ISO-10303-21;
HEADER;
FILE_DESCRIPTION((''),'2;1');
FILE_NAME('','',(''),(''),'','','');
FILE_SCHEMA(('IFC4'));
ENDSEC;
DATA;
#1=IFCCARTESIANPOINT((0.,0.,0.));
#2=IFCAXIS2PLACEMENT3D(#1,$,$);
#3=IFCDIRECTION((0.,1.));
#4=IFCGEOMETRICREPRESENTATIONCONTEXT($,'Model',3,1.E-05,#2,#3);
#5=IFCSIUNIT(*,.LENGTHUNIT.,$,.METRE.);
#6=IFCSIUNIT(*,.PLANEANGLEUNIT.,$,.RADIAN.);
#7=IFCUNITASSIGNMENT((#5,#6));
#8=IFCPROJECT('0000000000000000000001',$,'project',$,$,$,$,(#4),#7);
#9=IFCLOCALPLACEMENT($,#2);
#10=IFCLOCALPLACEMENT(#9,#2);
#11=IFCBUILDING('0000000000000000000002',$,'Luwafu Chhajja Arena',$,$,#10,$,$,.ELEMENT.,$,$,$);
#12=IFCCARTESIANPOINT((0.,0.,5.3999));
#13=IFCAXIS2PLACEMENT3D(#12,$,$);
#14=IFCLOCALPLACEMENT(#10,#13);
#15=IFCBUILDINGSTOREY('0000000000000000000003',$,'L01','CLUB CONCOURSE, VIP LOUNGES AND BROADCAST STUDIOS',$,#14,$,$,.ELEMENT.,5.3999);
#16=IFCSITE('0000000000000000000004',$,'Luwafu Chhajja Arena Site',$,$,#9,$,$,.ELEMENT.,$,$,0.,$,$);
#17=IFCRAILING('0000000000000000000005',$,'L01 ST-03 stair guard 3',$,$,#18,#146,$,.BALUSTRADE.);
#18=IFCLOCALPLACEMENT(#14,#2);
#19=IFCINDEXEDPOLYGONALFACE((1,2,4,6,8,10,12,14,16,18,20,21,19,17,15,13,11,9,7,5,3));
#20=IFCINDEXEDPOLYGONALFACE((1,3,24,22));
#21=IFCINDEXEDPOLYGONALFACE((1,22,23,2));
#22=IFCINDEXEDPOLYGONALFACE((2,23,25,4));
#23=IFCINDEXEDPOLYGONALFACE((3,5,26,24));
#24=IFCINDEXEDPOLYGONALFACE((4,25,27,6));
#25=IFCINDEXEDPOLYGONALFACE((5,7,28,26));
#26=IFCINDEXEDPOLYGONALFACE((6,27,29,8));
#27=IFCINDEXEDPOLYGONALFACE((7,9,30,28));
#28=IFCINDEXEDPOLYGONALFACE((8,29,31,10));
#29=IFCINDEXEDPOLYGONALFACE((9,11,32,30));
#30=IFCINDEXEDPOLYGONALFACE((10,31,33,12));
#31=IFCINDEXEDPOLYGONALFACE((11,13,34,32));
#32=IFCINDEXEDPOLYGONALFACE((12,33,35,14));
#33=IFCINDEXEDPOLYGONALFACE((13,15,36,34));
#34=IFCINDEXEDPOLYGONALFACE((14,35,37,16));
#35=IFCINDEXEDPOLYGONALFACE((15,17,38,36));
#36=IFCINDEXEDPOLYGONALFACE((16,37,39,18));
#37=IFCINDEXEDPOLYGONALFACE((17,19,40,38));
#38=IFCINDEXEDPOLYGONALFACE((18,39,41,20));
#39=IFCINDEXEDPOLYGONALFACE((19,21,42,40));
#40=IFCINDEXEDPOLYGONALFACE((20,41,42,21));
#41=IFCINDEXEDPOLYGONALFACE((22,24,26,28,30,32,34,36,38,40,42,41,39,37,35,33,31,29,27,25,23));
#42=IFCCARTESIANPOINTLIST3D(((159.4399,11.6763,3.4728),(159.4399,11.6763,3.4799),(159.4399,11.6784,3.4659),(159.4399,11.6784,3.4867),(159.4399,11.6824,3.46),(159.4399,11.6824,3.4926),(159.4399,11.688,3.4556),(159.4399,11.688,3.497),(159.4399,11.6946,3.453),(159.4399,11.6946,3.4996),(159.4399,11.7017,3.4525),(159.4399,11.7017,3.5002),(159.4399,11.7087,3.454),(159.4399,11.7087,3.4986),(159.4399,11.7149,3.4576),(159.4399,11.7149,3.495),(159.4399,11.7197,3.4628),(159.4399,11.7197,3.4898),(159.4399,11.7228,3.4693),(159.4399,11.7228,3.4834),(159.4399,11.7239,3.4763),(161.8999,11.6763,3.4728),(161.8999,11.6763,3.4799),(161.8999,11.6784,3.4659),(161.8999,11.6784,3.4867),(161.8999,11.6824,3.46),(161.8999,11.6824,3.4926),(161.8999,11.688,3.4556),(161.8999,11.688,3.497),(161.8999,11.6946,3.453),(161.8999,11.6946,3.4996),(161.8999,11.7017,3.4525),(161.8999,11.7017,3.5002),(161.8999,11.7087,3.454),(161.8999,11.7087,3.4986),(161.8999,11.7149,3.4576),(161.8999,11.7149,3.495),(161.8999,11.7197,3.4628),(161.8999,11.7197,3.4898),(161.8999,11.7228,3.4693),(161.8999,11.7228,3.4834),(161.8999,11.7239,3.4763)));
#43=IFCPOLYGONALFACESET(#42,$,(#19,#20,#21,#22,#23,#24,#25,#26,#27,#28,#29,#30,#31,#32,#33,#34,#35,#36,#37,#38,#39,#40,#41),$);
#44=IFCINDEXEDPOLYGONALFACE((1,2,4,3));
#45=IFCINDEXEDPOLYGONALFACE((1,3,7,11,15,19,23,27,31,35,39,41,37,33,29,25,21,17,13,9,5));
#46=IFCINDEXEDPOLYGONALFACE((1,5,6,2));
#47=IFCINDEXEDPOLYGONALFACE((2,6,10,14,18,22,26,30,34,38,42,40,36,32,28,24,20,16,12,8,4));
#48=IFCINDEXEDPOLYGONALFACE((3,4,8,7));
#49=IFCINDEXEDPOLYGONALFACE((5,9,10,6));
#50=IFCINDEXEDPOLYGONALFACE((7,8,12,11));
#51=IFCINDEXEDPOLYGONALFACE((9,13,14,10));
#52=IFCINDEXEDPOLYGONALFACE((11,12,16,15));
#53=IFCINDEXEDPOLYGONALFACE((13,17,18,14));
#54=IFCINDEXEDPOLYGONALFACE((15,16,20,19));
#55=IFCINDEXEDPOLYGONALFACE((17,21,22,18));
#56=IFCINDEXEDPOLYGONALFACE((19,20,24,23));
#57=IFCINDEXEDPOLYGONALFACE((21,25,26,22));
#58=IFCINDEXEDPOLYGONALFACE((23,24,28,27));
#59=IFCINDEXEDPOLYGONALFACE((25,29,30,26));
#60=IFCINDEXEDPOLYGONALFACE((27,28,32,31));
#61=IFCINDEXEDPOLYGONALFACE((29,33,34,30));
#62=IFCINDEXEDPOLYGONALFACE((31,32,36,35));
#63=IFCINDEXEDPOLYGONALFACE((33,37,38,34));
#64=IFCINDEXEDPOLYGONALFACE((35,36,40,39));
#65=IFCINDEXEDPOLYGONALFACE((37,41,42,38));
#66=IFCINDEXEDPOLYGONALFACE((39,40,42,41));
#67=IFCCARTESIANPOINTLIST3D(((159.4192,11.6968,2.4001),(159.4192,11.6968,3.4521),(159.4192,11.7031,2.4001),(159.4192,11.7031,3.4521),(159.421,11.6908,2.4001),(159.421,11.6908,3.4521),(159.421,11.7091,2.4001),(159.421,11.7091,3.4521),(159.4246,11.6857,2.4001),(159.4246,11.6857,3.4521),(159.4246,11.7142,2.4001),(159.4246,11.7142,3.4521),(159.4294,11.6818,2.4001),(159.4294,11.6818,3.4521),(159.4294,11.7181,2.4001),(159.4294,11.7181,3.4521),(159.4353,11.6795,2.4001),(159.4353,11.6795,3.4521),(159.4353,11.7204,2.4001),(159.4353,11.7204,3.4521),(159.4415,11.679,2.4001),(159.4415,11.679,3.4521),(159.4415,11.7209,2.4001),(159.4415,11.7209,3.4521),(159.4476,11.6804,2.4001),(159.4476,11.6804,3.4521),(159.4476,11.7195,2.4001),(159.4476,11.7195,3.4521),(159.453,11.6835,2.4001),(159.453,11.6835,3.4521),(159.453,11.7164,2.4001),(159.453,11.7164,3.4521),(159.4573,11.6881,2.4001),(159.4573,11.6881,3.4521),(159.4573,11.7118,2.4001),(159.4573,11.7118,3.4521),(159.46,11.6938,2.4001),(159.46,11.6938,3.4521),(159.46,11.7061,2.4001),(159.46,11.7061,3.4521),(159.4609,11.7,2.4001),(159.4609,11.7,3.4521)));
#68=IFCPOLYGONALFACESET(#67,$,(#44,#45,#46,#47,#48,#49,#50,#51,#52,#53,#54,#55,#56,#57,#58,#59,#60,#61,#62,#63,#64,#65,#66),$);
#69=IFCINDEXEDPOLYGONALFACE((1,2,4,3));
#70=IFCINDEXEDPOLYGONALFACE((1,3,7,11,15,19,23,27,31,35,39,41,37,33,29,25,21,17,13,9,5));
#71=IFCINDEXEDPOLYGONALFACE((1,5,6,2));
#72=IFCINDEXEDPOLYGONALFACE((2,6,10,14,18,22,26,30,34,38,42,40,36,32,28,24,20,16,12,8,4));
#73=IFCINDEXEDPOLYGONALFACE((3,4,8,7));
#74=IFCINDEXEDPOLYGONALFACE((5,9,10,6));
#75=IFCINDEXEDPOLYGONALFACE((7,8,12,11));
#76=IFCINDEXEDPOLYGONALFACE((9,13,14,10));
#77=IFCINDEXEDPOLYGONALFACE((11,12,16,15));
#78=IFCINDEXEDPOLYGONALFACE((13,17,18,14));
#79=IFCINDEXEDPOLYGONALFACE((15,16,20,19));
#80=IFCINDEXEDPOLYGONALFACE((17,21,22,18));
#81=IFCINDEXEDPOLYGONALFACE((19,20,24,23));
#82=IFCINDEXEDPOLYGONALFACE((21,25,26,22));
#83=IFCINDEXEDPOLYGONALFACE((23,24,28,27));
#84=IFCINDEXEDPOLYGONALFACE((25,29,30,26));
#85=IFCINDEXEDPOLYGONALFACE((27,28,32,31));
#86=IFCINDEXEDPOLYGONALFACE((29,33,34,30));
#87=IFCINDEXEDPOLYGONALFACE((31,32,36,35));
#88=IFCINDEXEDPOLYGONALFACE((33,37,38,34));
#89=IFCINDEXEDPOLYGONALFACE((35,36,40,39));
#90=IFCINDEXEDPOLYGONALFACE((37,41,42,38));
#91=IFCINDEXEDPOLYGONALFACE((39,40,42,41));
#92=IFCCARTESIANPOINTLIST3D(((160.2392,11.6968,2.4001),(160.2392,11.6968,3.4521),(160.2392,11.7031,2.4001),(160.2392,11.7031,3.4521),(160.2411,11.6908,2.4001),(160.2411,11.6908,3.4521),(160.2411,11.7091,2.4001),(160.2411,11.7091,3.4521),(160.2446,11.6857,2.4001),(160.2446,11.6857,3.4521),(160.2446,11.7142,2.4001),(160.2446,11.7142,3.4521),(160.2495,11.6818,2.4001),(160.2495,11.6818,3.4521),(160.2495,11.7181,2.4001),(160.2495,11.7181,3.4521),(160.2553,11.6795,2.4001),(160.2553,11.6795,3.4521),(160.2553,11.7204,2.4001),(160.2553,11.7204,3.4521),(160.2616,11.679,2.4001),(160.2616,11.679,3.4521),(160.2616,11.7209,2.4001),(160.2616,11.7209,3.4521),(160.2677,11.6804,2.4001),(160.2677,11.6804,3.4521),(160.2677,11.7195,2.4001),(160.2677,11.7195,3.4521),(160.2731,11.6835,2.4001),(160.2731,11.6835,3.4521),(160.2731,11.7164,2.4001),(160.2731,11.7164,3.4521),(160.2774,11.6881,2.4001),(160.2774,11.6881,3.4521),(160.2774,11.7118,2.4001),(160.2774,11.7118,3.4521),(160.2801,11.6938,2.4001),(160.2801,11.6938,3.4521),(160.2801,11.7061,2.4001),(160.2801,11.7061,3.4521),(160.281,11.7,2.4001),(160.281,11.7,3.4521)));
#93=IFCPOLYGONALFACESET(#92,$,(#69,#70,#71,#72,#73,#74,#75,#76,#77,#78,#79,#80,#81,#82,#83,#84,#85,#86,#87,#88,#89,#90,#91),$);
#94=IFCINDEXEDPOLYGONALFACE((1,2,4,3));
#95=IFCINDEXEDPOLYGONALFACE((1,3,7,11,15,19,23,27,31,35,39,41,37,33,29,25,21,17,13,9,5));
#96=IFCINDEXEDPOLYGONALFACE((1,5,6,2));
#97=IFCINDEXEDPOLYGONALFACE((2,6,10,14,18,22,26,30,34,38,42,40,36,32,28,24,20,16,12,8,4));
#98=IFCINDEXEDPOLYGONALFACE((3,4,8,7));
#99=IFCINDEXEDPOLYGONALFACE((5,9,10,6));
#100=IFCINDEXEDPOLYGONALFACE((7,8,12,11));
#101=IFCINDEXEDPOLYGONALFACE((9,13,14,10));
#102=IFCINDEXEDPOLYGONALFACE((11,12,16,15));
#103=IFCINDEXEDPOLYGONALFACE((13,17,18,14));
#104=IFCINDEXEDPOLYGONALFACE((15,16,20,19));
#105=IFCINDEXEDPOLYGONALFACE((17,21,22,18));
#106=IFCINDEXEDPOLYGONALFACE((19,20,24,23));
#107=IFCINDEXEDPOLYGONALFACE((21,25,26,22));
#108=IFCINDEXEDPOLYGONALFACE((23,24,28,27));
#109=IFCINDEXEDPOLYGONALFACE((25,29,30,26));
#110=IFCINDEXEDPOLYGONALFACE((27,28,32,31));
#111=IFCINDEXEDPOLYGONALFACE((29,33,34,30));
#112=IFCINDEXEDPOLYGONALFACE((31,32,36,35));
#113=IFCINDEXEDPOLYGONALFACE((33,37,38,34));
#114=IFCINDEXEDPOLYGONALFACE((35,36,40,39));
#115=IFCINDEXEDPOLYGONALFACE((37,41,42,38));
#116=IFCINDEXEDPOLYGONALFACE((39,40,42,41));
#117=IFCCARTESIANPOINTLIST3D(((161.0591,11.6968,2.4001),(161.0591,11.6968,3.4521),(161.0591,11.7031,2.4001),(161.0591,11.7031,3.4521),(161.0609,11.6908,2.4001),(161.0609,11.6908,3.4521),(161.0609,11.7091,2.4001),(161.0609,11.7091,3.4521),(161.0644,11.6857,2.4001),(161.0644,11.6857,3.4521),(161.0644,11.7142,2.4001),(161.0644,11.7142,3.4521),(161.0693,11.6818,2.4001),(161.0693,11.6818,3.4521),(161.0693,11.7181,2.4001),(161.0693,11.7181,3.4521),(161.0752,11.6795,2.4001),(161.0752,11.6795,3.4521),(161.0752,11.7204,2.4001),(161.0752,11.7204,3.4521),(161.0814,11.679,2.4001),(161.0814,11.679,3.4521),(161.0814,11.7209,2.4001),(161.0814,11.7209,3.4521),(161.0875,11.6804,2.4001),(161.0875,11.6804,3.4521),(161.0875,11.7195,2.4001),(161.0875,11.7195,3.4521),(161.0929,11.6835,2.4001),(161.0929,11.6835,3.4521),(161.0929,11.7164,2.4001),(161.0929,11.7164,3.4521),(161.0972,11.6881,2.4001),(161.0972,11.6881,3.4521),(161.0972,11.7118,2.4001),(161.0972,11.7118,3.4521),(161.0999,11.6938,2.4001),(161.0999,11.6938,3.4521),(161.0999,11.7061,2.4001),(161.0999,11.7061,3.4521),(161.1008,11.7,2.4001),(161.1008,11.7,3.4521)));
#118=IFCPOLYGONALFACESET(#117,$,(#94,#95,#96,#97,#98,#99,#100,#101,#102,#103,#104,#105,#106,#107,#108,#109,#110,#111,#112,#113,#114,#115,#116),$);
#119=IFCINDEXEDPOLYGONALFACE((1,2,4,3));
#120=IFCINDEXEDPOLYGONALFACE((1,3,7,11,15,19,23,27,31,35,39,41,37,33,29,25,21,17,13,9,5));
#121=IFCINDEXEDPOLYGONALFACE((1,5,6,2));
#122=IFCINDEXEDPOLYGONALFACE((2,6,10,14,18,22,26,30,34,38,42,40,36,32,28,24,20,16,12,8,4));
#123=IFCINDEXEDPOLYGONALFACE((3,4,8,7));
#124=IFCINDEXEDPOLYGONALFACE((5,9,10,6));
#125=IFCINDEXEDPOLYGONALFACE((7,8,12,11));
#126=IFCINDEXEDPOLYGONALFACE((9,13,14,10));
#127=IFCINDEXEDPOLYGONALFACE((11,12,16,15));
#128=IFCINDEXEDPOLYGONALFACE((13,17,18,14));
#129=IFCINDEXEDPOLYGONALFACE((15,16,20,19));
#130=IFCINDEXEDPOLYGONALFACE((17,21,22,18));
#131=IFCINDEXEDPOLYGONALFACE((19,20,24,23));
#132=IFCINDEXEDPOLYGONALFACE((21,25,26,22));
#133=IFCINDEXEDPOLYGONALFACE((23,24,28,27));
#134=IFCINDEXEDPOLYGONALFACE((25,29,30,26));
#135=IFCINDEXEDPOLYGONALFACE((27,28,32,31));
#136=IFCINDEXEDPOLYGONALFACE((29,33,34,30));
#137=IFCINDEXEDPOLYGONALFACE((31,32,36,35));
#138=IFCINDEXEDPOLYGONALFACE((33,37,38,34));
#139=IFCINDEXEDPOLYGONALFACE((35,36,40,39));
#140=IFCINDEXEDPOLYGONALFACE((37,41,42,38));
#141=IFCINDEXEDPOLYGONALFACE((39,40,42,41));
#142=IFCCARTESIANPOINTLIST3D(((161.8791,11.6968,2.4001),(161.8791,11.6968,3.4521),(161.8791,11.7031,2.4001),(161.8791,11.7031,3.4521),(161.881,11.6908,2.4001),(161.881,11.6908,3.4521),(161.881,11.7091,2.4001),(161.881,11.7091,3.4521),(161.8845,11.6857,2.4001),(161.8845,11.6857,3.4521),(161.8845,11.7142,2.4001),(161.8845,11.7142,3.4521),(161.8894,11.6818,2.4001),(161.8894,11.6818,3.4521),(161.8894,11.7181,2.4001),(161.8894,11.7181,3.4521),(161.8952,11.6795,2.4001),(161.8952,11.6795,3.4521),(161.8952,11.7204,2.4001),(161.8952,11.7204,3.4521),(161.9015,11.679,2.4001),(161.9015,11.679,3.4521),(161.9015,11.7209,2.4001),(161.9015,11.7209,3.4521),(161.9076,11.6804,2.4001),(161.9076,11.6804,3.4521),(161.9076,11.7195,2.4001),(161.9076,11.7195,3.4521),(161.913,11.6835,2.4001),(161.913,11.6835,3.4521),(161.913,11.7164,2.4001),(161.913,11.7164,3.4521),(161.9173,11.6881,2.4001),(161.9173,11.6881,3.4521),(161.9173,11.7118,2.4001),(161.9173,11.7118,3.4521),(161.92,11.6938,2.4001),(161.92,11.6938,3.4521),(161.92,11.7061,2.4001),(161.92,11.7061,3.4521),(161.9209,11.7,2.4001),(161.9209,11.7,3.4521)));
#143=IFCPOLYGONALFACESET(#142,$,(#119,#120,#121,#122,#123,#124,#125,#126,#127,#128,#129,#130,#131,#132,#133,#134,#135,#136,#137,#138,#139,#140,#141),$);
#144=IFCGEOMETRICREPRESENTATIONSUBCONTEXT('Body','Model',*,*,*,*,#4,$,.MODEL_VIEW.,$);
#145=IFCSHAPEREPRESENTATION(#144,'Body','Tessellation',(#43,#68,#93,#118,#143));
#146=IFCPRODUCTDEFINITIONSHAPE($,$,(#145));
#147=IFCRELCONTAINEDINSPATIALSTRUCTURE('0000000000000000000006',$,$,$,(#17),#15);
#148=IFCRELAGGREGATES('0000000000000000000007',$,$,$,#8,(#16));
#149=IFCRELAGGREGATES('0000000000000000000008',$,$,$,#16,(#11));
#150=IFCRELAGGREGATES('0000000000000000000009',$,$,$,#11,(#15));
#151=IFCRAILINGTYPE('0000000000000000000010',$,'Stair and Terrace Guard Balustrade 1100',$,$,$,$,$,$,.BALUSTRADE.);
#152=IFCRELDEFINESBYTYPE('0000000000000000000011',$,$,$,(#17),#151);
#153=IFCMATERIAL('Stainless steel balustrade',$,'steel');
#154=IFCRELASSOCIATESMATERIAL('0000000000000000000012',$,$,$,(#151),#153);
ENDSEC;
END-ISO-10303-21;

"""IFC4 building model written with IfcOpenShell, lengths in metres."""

from ifc_helpers import new_model, si_unit, direction, frame, origin, origin_2d, place, context, subcontext, project, spatial, circle, extrude, material, type_object, element, save


model = new_model("IFC4")

# Units and contexts
model_context = context("Model", 3, precision=1e-05, world=origin(), true_north=direction((0.0, 1.0)))
body_context = subcontext(model_context, "Body", "Model", "MODEL_VIEW")
ifc_project = project(units=[si_unit("LENGTHUNIT", "METRE"), si_unit("PLANEANGLEUNIT", "RADIAN")], contexts=[model_context])

# Site, building, storey
site_placement = place(None, origin())
site = spatial("IfcSite", under=ifc_project, at=site_placement, Name="Luwafu Chhajja Arena Site", CompositionType="ELEMENT", RefElevation=0.0)
building_placement = place(site_placement, origin())
building = spatial("IfcBuilding", under=site, at=building_placement, Name="Luwafu Chhajja Arena", CompositionType="ELEMENT")
storey_placement = place(building_placement, frame((0.0, 0.0, 5.3999)))
storey = spatial("IfcBuildingStorey", under=building, at=storey_placement, Name="L01", Description="CLUB CONCOURSE, VIP LOUNGES AND BROADCAST STUDIOS", CompositionType="ELEMENT", Elevation=5.3999)

# Railing
ifc_material_1 = material(Name="Stainless steel balustrade", Category="steel")
railing_type_1 = type_object("IfcRailingType", Name="Stair and Terrace Guard Balustrade 1100", PredefinedType="BALUSTRADE", material=ifc_material_1)
for number, where, name in (
    (1, (159.4399, 11.7, 2.4001), "L01 ST-03 stair guard 3"),
):
    element("IfcRailing", number, at=place(storey_placement, frame(where)), inside=storey, type_object=railing_type_1, Name=name, PredefinedType="BALUSTRADE", context=body_context, shape_type="SweptSolid", body=[
        extrude(circle(Radius=0.0239, at=origin_2d()), frame((0.0, 0.0, 1.0762), z_axis=(1.0, 0.0, 0.0), x_axis=(0.0, 1.0, 0.0)), (0.0, 0.0, 1.0), 2.46),
        extrude(circle(Radius=0.021, at=origin_2d()), origin(), (0.0, 0.0, 1.0), 1.052),
        extrude(circle(Radius=0.021, at=origin_2d()), frame((0.8201, 0.0, 0.0)), (0.0, 0.0, 1.0), 1.052),
        extrude(circle(Radius=0.021, at=origin_2d()), frame((1.6399, 0.0, 0.0)), (0.0, 0.0, 1.0), 1.052),
        extrude(circle(Radius=0.021, at=origin_2d()), frame((2.46, 0.0, 0.0)), (0.0, 0.0, 1.0), 1.052),
    ])

save(model, "model.ifc")
